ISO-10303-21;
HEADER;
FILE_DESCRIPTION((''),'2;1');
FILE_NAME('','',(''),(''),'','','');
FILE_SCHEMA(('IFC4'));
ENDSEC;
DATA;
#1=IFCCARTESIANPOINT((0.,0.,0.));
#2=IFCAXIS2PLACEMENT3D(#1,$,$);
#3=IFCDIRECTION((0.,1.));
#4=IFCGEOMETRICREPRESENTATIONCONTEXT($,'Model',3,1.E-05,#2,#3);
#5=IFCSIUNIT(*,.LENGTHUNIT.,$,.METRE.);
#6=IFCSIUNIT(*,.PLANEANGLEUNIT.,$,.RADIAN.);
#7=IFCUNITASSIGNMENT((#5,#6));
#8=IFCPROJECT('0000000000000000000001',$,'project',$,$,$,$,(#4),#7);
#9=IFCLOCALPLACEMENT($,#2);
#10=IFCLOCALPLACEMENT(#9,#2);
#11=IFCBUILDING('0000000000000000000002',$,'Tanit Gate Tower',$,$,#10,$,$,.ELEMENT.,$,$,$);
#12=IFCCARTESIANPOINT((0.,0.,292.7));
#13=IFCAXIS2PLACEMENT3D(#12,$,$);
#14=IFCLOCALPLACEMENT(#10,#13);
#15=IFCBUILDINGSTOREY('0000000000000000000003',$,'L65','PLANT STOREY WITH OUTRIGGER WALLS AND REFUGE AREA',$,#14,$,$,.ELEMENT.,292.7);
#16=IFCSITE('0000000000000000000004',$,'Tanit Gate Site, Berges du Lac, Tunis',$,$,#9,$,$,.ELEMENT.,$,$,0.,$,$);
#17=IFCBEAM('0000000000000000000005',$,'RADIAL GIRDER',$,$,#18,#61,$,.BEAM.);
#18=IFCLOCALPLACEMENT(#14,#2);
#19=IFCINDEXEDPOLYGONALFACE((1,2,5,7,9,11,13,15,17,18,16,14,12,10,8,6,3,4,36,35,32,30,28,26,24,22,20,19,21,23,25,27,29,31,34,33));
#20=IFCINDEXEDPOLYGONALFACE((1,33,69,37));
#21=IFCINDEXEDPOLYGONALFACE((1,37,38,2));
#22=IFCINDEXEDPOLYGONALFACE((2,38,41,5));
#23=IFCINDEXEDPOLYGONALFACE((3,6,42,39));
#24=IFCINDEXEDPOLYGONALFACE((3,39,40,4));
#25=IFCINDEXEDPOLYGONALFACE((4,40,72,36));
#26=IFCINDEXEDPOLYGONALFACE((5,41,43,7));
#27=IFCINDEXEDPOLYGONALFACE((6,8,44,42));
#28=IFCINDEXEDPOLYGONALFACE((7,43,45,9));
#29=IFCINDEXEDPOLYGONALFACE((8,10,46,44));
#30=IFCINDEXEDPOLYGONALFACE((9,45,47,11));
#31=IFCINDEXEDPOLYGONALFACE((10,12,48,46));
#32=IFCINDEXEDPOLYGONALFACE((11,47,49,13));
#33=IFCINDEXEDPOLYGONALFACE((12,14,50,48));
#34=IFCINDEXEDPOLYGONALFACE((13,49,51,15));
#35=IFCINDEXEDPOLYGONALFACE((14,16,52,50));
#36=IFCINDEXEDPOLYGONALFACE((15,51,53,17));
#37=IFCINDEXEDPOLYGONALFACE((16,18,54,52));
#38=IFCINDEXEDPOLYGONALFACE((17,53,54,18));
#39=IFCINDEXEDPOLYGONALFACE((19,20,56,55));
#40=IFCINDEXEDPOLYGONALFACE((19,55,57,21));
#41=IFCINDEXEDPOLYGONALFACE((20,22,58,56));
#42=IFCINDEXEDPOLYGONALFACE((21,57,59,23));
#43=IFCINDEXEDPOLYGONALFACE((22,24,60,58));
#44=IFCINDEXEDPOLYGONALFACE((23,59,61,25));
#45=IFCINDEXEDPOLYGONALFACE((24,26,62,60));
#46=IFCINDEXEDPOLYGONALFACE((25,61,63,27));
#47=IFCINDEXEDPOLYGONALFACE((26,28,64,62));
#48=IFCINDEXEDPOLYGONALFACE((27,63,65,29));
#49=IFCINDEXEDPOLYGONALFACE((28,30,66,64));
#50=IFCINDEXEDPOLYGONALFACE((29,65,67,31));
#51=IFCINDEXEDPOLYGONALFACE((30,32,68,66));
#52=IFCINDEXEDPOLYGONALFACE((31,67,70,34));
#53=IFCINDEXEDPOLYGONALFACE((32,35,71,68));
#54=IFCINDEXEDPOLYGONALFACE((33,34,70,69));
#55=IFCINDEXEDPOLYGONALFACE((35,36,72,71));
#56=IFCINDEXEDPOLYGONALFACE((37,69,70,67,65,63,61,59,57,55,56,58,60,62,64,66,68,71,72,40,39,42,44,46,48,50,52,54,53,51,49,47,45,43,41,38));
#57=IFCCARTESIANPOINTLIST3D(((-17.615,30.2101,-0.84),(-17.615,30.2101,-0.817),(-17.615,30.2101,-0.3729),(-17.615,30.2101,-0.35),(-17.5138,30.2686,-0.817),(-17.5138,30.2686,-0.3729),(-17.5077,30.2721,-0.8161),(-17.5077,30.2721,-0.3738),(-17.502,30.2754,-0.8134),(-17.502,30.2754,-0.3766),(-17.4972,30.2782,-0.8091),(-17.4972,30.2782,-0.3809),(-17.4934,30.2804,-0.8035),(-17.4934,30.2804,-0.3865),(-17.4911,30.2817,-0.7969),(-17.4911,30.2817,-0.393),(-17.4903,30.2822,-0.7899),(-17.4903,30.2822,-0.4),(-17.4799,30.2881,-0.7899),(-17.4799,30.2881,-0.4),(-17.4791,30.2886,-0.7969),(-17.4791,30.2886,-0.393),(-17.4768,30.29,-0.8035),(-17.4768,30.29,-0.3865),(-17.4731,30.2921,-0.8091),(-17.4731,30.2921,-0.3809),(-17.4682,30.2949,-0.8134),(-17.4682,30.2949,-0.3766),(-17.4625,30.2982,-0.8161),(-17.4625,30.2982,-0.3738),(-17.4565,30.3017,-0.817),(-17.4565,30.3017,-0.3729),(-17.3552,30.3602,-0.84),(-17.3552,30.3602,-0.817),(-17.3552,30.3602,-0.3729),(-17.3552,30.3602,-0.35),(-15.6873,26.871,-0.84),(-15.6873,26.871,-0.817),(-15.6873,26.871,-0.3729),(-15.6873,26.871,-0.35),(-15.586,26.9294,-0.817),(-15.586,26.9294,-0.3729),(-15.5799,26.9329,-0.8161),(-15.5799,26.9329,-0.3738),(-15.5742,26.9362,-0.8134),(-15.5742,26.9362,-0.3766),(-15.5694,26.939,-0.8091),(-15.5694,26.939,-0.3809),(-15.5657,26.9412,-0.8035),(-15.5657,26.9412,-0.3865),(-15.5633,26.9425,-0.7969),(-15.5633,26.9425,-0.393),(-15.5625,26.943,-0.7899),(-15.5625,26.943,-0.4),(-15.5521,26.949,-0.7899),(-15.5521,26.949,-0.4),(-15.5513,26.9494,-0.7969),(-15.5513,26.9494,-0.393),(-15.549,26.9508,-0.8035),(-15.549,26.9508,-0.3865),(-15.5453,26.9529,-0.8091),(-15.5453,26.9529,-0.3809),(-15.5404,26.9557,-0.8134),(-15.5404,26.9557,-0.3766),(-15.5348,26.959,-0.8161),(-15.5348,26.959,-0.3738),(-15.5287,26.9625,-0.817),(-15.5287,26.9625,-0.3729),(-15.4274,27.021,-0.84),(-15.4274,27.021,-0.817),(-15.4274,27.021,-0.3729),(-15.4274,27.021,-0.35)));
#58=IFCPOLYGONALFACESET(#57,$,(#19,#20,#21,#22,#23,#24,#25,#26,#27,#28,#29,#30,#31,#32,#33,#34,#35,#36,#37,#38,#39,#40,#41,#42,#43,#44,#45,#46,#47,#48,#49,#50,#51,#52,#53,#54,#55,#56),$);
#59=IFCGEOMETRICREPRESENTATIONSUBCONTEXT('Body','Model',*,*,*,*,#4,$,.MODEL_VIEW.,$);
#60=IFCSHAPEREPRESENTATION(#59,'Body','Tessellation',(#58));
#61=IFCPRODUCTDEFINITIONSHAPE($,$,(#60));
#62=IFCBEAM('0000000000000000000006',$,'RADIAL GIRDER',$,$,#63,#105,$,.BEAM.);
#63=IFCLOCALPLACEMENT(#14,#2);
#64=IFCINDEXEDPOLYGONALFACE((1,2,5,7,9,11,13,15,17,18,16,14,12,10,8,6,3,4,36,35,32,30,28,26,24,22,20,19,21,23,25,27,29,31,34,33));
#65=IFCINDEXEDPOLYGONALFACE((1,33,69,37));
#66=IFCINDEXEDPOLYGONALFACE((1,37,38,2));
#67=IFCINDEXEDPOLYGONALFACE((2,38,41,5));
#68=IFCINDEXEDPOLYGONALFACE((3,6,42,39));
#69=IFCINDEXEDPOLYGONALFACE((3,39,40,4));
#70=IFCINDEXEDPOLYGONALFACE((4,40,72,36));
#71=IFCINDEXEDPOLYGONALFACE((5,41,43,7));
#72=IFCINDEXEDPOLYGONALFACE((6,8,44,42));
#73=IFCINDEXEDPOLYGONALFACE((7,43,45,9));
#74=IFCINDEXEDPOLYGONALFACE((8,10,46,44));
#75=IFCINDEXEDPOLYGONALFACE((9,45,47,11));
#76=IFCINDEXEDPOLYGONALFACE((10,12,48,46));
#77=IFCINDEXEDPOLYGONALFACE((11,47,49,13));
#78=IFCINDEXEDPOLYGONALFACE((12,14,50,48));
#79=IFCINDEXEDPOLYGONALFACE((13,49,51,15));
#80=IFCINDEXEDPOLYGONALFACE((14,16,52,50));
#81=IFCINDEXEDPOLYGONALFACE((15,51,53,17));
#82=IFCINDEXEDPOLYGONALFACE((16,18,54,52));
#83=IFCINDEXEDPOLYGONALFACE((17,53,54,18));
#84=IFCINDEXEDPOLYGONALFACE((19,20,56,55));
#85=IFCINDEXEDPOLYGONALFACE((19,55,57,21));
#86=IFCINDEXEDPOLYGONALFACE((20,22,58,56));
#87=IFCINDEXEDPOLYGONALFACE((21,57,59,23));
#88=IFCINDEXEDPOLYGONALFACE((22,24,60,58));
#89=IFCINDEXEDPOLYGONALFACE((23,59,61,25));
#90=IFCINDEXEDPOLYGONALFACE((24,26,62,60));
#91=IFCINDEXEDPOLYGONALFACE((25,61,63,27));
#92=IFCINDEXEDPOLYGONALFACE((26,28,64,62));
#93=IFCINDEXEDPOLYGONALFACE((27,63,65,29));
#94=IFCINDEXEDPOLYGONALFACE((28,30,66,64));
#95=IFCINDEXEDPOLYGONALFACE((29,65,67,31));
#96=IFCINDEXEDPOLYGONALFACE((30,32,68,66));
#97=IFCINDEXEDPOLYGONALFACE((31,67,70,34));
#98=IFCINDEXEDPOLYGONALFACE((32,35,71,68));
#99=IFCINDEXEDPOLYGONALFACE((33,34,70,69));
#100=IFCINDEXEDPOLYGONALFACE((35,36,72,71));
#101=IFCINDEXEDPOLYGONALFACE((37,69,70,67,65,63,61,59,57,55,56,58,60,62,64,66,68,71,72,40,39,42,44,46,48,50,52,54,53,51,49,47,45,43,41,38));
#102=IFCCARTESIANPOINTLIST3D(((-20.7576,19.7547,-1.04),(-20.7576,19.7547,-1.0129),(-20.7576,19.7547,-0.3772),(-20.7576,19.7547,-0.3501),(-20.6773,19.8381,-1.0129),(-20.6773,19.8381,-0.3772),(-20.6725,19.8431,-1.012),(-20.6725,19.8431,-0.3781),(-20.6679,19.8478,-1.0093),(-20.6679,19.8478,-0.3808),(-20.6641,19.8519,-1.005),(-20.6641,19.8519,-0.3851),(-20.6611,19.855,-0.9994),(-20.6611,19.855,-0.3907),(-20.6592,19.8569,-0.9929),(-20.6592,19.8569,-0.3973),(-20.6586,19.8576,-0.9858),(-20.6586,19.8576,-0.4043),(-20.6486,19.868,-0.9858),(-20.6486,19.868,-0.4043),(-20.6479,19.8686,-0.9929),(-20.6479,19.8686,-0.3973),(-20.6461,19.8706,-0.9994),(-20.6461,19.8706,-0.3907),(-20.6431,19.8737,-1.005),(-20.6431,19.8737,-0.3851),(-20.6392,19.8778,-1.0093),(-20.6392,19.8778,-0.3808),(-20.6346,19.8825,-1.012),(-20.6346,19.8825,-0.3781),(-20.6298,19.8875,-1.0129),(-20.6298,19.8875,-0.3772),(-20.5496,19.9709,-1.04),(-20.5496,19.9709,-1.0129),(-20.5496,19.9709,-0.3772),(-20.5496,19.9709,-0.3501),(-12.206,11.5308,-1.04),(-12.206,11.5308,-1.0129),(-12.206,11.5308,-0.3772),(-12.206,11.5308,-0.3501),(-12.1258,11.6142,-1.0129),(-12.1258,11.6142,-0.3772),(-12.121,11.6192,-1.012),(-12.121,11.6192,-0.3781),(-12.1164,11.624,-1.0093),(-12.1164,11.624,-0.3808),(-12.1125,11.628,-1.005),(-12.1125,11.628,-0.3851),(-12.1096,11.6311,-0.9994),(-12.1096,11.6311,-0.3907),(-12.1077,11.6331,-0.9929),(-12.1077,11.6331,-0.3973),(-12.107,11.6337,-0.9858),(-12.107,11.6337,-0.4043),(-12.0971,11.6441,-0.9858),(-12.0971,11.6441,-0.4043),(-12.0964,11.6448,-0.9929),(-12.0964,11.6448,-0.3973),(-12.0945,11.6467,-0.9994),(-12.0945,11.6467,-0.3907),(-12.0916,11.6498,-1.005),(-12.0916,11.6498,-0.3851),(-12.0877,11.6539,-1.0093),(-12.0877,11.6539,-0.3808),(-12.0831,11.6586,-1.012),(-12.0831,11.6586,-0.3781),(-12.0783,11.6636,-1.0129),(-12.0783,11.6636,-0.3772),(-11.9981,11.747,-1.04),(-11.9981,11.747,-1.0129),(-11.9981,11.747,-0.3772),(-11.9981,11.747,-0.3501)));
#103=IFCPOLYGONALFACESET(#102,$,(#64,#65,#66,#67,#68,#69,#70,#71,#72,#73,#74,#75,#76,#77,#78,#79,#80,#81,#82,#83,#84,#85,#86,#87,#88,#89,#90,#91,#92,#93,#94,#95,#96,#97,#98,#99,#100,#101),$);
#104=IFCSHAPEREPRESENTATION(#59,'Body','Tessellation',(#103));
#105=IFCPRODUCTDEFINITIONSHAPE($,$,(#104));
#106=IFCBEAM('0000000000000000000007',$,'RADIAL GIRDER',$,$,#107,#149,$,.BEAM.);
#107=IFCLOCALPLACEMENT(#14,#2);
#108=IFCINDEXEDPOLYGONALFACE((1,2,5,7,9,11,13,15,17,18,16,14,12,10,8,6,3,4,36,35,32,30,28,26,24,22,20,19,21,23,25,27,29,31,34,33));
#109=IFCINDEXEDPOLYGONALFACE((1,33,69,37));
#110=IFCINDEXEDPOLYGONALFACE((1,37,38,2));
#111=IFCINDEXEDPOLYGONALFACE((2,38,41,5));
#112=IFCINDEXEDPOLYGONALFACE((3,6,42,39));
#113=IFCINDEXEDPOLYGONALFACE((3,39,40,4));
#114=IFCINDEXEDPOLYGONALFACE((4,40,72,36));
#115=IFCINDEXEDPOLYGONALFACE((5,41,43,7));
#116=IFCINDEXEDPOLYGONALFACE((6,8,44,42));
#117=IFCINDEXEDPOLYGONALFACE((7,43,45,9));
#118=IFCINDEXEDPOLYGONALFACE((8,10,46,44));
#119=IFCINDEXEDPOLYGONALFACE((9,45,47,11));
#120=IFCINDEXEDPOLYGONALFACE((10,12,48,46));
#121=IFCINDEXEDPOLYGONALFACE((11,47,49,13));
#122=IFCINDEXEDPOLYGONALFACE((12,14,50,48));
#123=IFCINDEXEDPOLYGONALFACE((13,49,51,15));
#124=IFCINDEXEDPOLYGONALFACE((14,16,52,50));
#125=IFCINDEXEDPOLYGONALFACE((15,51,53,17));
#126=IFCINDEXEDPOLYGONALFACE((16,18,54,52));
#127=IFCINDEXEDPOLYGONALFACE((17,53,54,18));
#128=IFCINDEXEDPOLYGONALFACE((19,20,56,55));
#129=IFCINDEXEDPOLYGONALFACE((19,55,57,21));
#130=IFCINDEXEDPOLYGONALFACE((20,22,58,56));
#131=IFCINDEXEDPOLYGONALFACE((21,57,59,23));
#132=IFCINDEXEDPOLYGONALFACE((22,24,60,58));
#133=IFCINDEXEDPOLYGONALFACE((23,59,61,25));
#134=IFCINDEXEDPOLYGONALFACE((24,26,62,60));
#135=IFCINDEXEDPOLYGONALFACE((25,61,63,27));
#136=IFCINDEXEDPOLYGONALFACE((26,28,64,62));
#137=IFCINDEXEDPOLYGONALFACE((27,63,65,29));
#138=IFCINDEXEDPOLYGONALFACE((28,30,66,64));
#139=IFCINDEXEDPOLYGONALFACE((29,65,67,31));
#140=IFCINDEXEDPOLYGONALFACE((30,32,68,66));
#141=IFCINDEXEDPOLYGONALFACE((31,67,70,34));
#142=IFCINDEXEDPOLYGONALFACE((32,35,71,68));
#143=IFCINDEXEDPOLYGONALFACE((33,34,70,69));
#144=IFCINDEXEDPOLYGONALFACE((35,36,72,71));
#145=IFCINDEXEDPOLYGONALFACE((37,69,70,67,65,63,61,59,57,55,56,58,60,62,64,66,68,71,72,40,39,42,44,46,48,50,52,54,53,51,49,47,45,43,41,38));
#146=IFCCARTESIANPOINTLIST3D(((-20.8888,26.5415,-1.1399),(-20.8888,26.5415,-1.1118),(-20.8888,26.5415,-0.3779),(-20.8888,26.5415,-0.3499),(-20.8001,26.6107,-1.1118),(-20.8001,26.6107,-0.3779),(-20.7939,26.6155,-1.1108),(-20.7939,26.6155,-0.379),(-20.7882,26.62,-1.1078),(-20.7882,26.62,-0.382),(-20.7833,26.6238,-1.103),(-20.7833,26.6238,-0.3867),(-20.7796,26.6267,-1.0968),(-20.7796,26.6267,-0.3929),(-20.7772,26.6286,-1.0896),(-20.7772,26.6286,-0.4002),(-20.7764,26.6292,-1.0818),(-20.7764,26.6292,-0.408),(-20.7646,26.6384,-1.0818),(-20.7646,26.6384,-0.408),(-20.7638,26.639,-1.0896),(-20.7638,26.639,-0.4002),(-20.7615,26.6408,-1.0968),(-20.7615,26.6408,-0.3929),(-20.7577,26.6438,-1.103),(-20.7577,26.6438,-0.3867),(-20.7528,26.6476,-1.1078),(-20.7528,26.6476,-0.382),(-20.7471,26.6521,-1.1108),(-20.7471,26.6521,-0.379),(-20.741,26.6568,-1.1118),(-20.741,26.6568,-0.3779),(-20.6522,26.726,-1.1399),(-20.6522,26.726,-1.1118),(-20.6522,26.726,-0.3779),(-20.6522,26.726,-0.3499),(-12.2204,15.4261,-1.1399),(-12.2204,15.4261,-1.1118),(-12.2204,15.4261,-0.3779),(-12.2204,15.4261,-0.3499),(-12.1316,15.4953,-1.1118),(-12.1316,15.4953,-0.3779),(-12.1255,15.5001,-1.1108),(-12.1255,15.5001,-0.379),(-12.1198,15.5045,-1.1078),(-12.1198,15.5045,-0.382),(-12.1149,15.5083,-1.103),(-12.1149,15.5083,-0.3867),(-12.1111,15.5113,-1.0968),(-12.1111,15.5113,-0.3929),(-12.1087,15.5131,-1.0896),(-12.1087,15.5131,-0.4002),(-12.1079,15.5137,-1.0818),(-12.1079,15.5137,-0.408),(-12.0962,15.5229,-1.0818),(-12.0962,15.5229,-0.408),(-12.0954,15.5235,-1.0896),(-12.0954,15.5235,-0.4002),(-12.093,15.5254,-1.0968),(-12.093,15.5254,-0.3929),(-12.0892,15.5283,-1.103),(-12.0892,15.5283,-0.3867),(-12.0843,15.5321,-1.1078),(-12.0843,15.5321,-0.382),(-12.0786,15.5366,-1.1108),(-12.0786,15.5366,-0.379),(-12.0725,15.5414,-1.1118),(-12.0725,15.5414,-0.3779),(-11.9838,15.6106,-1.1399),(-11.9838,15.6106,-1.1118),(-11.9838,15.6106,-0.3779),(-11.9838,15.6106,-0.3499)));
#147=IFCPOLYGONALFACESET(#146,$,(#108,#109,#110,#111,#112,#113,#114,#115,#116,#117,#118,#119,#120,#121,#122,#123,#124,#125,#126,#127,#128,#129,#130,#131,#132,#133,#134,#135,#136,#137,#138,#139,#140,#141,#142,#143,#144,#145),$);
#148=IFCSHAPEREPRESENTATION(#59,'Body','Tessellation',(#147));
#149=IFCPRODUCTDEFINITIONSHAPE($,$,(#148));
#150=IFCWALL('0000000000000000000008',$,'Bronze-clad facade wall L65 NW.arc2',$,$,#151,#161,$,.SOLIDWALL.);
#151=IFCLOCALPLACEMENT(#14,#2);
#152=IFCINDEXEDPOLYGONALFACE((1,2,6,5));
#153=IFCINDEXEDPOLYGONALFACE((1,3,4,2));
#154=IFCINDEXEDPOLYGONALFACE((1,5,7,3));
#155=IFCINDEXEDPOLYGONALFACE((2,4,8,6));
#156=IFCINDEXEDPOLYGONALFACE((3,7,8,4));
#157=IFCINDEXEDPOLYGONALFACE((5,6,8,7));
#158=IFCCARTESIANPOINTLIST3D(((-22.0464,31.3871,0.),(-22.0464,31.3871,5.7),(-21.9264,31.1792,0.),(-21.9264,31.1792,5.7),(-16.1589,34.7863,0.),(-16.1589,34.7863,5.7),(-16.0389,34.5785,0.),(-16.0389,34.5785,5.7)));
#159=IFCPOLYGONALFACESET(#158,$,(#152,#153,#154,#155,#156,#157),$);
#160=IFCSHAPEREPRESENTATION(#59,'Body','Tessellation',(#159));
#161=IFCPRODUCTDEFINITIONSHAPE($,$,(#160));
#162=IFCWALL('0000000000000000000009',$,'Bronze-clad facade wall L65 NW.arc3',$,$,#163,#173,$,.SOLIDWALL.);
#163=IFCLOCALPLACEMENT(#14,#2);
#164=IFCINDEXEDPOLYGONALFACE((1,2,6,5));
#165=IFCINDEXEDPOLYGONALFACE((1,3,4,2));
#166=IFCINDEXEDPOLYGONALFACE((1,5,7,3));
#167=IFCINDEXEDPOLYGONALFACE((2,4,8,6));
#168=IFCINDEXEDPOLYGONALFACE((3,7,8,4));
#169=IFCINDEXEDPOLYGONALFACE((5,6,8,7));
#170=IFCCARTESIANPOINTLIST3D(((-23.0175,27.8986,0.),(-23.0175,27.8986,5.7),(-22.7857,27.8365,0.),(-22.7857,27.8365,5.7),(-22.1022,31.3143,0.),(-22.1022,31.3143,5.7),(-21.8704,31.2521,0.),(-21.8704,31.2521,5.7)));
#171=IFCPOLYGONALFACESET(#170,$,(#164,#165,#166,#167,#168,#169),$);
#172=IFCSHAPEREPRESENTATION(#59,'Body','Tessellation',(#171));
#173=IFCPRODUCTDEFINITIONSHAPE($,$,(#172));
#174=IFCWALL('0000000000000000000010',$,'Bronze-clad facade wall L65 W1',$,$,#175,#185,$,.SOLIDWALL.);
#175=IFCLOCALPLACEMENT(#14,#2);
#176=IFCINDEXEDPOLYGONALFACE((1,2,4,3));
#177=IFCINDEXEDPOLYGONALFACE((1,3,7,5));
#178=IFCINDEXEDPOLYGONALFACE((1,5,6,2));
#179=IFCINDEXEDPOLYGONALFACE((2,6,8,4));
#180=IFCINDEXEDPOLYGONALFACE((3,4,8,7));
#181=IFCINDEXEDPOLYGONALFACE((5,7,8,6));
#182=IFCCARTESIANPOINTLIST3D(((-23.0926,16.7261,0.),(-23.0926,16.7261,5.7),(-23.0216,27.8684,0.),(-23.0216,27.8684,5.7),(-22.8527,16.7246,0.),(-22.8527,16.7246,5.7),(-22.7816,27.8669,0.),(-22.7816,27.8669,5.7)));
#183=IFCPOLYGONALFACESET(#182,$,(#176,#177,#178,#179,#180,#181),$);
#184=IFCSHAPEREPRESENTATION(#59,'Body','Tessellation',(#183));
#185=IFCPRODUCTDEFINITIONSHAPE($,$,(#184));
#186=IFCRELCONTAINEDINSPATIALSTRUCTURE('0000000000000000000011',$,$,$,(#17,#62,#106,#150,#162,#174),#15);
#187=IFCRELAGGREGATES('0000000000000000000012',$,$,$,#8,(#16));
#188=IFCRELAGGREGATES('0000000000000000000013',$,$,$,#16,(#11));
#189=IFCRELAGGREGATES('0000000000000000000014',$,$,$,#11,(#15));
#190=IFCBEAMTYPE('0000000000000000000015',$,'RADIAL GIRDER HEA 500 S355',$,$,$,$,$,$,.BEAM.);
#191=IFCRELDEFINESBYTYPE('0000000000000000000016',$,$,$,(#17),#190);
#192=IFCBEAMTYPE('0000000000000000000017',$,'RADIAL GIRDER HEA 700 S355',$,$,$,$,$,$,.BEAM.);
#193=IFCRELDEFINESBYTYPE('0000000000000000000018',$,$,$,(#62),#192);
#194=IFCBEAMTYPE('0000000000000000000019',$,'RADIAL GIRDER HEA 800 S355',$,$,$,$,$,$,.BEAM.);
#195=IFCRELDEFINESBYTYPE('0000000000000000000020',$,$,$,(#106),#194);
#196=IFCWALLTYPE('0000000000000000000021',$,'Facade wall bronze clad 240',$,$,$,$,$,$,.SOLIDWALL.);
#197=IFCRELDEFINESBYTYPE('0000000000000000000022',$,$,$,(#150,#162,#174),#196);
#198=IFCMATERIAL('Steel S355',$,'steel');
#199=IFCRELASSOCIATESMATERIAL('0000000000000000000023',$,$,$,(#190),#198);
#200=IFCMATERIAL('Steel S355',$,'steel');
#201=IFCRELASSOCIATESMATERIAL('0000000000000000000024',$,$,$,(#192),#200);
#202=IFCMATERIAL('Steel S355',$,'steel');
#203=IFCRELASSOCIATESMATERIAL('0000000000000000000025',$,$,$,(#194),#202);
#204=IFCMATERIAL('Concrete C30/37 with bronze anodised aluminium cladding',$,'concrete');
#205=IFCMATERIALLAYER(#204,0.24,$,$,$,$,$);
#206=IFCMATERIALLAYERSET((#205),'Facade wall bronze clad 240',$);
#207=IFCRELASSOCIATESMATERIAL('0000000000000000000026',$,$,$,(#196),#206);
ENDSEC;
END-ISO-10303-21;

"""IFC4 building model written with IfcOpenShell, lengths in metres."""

from ifc_helpers import new_model, si_unit, direction, frame, frame_2d, origin, origin_2d, place, context, subcontext, project, spatial, rectangle, i_section, extrude, material, layer, layer_set, material_profile, profile_set, type_object, element, save


model = new_model("IFC4")

# Units and contexts
model_context = context("Model", 3, precision=1e-05, world=origin(), true_north=direction((0.0, 1.0)))
body_context = subcontext(model_context, "Body", "Model", "MODEL_VIEW")
ifc_project = project(units=[si_unit("LENGTHUNIT", "METRE"), si_unit("PLANEANGLEUNIT", "RADIAN")], contexts=[model_context])

# Site, building, storey
site_placement = place(None, origin())
site = spatial("IfcSite", under=ifc_project, at=site_placement, Name="Tanit Gate Site, Berges du Lac, Tunis", CompositionType="ELEMENT", RefElevation=0.0)
building_placement = place(site_placement, origin())
building = spatial("IfcBuilding", under=site, at=building_placement, Name="Tanit Gate Tower", CompositionType="ELEMENT")
storey_placement = place(building_placement, frame((0.0, 0.0, 292.7)))
storey = spatial("IfcBuildingStorey", under=building, at=storey_placement, Name="L65", Description="PLANT STOREY WITH OUTRIGGER WALLS AND REFUGE AREA", CompositionType="ELEMENT", Elevation=292.7)

# Beams
ifc_material_1 = material(Name="Steel S355", Category="steel")
ifc_material_profile_1 = material_profile(ifc_material_1, i_section(OverallWidth=0.3, OverallDepth=0.49, WebThickness=0.012, FlangeThickness=0.0229, FilletRadius=0.0271, at=origin_2d()), Name="HEA 500")
ifc_profile_set_1 = profile_set([ifc_material_profile_1], Name="Steel S355")
beam_type_1 = type_object("IfcBeamType", Name="RADIAL GIRDER HEA 500 S355", PredefinedType="BEAM", material=ifc_profile_set_1)
beam_1_placement = place(storey_placement, frame((-17.4851, 30.2852, -0.595), z_axis=(0.49998, -0.866037, 0.0), x_axis=(0.866037, 0.49998, 0.0)))
element("IfcBeam", 1, at=beam_1_placement, inside=storey, type_object=beam_type_1, Name="RADIAL GIRDER", PredefinedType="BEAM", context=body_context, shape_type="SweptSolid", body=[
    extrude(i_section(OverallWidth=0.3, OverallDepth=0.49, WebThickness=0.012, FlangeThickness=0.0229, FilletRadius=0.0271, at=origin_2d()), origin(), (0.0, 0.0, 1.0), 3.8557),
])
ifc_material_2 = material(Name="Steel S355", Category="steel")
ifc_material_profile_2 = material_profile(ifc_material_2, i_section(OverallWidth=0.3, OverallDepth=0.6899, WebThickness=0.0144, FlangeThickness=0.0271, FilletRadius=0.0271, at=origin_2d()), Name="HEA 700")
ifc_profile_set_2 = profile_set([ifc_material_profile_2], Name="Steel S355")
beam_type_2 = type_object("IfcBeamType", Name="RADIAL GIRDER HEA 700 S355", PredefinedType="BEAM", material=ifc_profile_set_2)
beam_2_placement = place(storey_placement, frame((-20.6536, 19.8628, -0.6951), z_axis=(0.72078, -0.693164, 0.0), x_axis=(0.693164, 0.72078, 0.0)))
element("IfcBeam", 2, at=beam_2_placement, inside=storey, type_object=beam_type_2, Name="RADIAL GIRDER", PredefinedType="BEAM", context=body_context, shape_type="SweptSolid", body=[
    extrude(i_section(OverallWidth=0.3, OverallDepth=0.6899, WebThickness=0.0144, FlangeThickness=0.0271, FilletRadius=0.0271, at=origin_2d()), origin(), (0.0, 0.0, 1.0), 11.8643),
])
ifc_material_3 = material(Name="Steel S355", Category="steel")
ifc_material_profile_3 = material_profile(ifc_material_3, i_section(OverallWidth=0.3, OverallDepth=0.79, WebThickness=0.0149, FlangeThickness=0.0281, FilletRadius=0.03, at=origin_2d()), Name="HEA 800")
ifc_profile_set_3 = profile_set([ifc_material_profile_3], Name="Steel S355")
beam_type_3 = type_object("IfcBeamType", Name="RADIAL GIRDER HEA 800 S355", PredefinedType="BEAM", material=ifc_profile_set_3)
beam_3_placement = place(storey_placement, frame((-20.7705, 26.6338, -0.7449), z_axis=(0.614961, -0.788558, 0.0), x_axis=(0.788558, 0.614961, 0.0)))
element("IfcBeam", 3, at=beam_3_placement, inside=storey, type_object=beam_type_3, Name="RADIAL GIRDER", PredefinedType="BEAM", context=body_context, shape_type="SweptSolid", body=[
    extrude(i_section(OverallWidth=0.3, OverallDepth=0.79, WebThickness=0.0149, FlangeThickness=0.0281, FilletRadius=0.03, at=origin_2d()), origin(), (0.0, 0.0, 1.0), 14.0959),
])

# Walls
ifc_material_4 = material(Name="Concrete C30/37 with bronze anodised aluminium cladding", Category="concrete")
ifc_layer_1 = layer(ifc_material_4, 0.24)
ifc_layer_set_1 = layer_set([ifc_layer_1], Name="Facade wall bronze clad 240")
wall_type_1 = type_object("IfcWallType", Name="Facade wall bronze clad 240", PredefinedType="SOLIDWALL", material=ifc_layer_set_1)
wall_1_placement = place(storey_placement, frame((-16.0989, 34.6824, 0.0), z_axis=(0.0, 0.0, 1.0), x_axis=(-0.866022, -0.500005, 0.0)))
element("IfcWall", 4, at=wall_1_placement, inside=storey, type_object=wall_type_1, Name="Bronze-clad facade wall L65 NW.arc2", PredefinedType="SOLIDWALL", context=body_context, shape_type="SweptSolid", body=[
    extrude(rectangle(XDim=6.7983, YDim=0.24, at=frame_2d((3.3992, 0.0))), origin(), (0.0, 0.0, 1.0), 5.7),
])
wall_2_placement = place(storey_placement, frame((-21.9863, 31.2832, 0.0), z_axis=(0.0, 0.0, 1.0), x_axis=(-0.258844, -0.965919, 0.0)))
element("IfcWall", 5, at=wall_2_placement, inside=storey, type_object=wall_type_1, Name="Bronze-clad facade wall L65 NW.arc3", PredefinedType="SOLIDWALL", context=body_context, shape_type="SweptSolid", body=[
    extrude(rectangle(XDim=3.5361, YDim=0.24, at=frame_2d((1.7681, 0.0))), origin(), (0.0, 0.0, 1.0), 5.7),
])
wall_3_placement = place(storey_placement, frame((-22.9016, 27.8677, 0.0), z_axis=(0.0, 0.0, 1.0), x_axis=(-0.006376, -0.99998, 0.0)))
element("IfcWall", 6, at=wall_3_placement, inside=storey, type_object=wall_type_1, Name="Bronze-clad facade wall L65 W1", PredefinedType="SOLIDWALL", context=body_context, shape_type="SweptSolid", body=[
    extrude(rectangle(XDim=11.1426, YDim=0.24, at=frame_2d((5.5713, 0.0))), origin(), (0.0, 0.0, 1.0), 5.7),
])

save(model, "model.ifc")
